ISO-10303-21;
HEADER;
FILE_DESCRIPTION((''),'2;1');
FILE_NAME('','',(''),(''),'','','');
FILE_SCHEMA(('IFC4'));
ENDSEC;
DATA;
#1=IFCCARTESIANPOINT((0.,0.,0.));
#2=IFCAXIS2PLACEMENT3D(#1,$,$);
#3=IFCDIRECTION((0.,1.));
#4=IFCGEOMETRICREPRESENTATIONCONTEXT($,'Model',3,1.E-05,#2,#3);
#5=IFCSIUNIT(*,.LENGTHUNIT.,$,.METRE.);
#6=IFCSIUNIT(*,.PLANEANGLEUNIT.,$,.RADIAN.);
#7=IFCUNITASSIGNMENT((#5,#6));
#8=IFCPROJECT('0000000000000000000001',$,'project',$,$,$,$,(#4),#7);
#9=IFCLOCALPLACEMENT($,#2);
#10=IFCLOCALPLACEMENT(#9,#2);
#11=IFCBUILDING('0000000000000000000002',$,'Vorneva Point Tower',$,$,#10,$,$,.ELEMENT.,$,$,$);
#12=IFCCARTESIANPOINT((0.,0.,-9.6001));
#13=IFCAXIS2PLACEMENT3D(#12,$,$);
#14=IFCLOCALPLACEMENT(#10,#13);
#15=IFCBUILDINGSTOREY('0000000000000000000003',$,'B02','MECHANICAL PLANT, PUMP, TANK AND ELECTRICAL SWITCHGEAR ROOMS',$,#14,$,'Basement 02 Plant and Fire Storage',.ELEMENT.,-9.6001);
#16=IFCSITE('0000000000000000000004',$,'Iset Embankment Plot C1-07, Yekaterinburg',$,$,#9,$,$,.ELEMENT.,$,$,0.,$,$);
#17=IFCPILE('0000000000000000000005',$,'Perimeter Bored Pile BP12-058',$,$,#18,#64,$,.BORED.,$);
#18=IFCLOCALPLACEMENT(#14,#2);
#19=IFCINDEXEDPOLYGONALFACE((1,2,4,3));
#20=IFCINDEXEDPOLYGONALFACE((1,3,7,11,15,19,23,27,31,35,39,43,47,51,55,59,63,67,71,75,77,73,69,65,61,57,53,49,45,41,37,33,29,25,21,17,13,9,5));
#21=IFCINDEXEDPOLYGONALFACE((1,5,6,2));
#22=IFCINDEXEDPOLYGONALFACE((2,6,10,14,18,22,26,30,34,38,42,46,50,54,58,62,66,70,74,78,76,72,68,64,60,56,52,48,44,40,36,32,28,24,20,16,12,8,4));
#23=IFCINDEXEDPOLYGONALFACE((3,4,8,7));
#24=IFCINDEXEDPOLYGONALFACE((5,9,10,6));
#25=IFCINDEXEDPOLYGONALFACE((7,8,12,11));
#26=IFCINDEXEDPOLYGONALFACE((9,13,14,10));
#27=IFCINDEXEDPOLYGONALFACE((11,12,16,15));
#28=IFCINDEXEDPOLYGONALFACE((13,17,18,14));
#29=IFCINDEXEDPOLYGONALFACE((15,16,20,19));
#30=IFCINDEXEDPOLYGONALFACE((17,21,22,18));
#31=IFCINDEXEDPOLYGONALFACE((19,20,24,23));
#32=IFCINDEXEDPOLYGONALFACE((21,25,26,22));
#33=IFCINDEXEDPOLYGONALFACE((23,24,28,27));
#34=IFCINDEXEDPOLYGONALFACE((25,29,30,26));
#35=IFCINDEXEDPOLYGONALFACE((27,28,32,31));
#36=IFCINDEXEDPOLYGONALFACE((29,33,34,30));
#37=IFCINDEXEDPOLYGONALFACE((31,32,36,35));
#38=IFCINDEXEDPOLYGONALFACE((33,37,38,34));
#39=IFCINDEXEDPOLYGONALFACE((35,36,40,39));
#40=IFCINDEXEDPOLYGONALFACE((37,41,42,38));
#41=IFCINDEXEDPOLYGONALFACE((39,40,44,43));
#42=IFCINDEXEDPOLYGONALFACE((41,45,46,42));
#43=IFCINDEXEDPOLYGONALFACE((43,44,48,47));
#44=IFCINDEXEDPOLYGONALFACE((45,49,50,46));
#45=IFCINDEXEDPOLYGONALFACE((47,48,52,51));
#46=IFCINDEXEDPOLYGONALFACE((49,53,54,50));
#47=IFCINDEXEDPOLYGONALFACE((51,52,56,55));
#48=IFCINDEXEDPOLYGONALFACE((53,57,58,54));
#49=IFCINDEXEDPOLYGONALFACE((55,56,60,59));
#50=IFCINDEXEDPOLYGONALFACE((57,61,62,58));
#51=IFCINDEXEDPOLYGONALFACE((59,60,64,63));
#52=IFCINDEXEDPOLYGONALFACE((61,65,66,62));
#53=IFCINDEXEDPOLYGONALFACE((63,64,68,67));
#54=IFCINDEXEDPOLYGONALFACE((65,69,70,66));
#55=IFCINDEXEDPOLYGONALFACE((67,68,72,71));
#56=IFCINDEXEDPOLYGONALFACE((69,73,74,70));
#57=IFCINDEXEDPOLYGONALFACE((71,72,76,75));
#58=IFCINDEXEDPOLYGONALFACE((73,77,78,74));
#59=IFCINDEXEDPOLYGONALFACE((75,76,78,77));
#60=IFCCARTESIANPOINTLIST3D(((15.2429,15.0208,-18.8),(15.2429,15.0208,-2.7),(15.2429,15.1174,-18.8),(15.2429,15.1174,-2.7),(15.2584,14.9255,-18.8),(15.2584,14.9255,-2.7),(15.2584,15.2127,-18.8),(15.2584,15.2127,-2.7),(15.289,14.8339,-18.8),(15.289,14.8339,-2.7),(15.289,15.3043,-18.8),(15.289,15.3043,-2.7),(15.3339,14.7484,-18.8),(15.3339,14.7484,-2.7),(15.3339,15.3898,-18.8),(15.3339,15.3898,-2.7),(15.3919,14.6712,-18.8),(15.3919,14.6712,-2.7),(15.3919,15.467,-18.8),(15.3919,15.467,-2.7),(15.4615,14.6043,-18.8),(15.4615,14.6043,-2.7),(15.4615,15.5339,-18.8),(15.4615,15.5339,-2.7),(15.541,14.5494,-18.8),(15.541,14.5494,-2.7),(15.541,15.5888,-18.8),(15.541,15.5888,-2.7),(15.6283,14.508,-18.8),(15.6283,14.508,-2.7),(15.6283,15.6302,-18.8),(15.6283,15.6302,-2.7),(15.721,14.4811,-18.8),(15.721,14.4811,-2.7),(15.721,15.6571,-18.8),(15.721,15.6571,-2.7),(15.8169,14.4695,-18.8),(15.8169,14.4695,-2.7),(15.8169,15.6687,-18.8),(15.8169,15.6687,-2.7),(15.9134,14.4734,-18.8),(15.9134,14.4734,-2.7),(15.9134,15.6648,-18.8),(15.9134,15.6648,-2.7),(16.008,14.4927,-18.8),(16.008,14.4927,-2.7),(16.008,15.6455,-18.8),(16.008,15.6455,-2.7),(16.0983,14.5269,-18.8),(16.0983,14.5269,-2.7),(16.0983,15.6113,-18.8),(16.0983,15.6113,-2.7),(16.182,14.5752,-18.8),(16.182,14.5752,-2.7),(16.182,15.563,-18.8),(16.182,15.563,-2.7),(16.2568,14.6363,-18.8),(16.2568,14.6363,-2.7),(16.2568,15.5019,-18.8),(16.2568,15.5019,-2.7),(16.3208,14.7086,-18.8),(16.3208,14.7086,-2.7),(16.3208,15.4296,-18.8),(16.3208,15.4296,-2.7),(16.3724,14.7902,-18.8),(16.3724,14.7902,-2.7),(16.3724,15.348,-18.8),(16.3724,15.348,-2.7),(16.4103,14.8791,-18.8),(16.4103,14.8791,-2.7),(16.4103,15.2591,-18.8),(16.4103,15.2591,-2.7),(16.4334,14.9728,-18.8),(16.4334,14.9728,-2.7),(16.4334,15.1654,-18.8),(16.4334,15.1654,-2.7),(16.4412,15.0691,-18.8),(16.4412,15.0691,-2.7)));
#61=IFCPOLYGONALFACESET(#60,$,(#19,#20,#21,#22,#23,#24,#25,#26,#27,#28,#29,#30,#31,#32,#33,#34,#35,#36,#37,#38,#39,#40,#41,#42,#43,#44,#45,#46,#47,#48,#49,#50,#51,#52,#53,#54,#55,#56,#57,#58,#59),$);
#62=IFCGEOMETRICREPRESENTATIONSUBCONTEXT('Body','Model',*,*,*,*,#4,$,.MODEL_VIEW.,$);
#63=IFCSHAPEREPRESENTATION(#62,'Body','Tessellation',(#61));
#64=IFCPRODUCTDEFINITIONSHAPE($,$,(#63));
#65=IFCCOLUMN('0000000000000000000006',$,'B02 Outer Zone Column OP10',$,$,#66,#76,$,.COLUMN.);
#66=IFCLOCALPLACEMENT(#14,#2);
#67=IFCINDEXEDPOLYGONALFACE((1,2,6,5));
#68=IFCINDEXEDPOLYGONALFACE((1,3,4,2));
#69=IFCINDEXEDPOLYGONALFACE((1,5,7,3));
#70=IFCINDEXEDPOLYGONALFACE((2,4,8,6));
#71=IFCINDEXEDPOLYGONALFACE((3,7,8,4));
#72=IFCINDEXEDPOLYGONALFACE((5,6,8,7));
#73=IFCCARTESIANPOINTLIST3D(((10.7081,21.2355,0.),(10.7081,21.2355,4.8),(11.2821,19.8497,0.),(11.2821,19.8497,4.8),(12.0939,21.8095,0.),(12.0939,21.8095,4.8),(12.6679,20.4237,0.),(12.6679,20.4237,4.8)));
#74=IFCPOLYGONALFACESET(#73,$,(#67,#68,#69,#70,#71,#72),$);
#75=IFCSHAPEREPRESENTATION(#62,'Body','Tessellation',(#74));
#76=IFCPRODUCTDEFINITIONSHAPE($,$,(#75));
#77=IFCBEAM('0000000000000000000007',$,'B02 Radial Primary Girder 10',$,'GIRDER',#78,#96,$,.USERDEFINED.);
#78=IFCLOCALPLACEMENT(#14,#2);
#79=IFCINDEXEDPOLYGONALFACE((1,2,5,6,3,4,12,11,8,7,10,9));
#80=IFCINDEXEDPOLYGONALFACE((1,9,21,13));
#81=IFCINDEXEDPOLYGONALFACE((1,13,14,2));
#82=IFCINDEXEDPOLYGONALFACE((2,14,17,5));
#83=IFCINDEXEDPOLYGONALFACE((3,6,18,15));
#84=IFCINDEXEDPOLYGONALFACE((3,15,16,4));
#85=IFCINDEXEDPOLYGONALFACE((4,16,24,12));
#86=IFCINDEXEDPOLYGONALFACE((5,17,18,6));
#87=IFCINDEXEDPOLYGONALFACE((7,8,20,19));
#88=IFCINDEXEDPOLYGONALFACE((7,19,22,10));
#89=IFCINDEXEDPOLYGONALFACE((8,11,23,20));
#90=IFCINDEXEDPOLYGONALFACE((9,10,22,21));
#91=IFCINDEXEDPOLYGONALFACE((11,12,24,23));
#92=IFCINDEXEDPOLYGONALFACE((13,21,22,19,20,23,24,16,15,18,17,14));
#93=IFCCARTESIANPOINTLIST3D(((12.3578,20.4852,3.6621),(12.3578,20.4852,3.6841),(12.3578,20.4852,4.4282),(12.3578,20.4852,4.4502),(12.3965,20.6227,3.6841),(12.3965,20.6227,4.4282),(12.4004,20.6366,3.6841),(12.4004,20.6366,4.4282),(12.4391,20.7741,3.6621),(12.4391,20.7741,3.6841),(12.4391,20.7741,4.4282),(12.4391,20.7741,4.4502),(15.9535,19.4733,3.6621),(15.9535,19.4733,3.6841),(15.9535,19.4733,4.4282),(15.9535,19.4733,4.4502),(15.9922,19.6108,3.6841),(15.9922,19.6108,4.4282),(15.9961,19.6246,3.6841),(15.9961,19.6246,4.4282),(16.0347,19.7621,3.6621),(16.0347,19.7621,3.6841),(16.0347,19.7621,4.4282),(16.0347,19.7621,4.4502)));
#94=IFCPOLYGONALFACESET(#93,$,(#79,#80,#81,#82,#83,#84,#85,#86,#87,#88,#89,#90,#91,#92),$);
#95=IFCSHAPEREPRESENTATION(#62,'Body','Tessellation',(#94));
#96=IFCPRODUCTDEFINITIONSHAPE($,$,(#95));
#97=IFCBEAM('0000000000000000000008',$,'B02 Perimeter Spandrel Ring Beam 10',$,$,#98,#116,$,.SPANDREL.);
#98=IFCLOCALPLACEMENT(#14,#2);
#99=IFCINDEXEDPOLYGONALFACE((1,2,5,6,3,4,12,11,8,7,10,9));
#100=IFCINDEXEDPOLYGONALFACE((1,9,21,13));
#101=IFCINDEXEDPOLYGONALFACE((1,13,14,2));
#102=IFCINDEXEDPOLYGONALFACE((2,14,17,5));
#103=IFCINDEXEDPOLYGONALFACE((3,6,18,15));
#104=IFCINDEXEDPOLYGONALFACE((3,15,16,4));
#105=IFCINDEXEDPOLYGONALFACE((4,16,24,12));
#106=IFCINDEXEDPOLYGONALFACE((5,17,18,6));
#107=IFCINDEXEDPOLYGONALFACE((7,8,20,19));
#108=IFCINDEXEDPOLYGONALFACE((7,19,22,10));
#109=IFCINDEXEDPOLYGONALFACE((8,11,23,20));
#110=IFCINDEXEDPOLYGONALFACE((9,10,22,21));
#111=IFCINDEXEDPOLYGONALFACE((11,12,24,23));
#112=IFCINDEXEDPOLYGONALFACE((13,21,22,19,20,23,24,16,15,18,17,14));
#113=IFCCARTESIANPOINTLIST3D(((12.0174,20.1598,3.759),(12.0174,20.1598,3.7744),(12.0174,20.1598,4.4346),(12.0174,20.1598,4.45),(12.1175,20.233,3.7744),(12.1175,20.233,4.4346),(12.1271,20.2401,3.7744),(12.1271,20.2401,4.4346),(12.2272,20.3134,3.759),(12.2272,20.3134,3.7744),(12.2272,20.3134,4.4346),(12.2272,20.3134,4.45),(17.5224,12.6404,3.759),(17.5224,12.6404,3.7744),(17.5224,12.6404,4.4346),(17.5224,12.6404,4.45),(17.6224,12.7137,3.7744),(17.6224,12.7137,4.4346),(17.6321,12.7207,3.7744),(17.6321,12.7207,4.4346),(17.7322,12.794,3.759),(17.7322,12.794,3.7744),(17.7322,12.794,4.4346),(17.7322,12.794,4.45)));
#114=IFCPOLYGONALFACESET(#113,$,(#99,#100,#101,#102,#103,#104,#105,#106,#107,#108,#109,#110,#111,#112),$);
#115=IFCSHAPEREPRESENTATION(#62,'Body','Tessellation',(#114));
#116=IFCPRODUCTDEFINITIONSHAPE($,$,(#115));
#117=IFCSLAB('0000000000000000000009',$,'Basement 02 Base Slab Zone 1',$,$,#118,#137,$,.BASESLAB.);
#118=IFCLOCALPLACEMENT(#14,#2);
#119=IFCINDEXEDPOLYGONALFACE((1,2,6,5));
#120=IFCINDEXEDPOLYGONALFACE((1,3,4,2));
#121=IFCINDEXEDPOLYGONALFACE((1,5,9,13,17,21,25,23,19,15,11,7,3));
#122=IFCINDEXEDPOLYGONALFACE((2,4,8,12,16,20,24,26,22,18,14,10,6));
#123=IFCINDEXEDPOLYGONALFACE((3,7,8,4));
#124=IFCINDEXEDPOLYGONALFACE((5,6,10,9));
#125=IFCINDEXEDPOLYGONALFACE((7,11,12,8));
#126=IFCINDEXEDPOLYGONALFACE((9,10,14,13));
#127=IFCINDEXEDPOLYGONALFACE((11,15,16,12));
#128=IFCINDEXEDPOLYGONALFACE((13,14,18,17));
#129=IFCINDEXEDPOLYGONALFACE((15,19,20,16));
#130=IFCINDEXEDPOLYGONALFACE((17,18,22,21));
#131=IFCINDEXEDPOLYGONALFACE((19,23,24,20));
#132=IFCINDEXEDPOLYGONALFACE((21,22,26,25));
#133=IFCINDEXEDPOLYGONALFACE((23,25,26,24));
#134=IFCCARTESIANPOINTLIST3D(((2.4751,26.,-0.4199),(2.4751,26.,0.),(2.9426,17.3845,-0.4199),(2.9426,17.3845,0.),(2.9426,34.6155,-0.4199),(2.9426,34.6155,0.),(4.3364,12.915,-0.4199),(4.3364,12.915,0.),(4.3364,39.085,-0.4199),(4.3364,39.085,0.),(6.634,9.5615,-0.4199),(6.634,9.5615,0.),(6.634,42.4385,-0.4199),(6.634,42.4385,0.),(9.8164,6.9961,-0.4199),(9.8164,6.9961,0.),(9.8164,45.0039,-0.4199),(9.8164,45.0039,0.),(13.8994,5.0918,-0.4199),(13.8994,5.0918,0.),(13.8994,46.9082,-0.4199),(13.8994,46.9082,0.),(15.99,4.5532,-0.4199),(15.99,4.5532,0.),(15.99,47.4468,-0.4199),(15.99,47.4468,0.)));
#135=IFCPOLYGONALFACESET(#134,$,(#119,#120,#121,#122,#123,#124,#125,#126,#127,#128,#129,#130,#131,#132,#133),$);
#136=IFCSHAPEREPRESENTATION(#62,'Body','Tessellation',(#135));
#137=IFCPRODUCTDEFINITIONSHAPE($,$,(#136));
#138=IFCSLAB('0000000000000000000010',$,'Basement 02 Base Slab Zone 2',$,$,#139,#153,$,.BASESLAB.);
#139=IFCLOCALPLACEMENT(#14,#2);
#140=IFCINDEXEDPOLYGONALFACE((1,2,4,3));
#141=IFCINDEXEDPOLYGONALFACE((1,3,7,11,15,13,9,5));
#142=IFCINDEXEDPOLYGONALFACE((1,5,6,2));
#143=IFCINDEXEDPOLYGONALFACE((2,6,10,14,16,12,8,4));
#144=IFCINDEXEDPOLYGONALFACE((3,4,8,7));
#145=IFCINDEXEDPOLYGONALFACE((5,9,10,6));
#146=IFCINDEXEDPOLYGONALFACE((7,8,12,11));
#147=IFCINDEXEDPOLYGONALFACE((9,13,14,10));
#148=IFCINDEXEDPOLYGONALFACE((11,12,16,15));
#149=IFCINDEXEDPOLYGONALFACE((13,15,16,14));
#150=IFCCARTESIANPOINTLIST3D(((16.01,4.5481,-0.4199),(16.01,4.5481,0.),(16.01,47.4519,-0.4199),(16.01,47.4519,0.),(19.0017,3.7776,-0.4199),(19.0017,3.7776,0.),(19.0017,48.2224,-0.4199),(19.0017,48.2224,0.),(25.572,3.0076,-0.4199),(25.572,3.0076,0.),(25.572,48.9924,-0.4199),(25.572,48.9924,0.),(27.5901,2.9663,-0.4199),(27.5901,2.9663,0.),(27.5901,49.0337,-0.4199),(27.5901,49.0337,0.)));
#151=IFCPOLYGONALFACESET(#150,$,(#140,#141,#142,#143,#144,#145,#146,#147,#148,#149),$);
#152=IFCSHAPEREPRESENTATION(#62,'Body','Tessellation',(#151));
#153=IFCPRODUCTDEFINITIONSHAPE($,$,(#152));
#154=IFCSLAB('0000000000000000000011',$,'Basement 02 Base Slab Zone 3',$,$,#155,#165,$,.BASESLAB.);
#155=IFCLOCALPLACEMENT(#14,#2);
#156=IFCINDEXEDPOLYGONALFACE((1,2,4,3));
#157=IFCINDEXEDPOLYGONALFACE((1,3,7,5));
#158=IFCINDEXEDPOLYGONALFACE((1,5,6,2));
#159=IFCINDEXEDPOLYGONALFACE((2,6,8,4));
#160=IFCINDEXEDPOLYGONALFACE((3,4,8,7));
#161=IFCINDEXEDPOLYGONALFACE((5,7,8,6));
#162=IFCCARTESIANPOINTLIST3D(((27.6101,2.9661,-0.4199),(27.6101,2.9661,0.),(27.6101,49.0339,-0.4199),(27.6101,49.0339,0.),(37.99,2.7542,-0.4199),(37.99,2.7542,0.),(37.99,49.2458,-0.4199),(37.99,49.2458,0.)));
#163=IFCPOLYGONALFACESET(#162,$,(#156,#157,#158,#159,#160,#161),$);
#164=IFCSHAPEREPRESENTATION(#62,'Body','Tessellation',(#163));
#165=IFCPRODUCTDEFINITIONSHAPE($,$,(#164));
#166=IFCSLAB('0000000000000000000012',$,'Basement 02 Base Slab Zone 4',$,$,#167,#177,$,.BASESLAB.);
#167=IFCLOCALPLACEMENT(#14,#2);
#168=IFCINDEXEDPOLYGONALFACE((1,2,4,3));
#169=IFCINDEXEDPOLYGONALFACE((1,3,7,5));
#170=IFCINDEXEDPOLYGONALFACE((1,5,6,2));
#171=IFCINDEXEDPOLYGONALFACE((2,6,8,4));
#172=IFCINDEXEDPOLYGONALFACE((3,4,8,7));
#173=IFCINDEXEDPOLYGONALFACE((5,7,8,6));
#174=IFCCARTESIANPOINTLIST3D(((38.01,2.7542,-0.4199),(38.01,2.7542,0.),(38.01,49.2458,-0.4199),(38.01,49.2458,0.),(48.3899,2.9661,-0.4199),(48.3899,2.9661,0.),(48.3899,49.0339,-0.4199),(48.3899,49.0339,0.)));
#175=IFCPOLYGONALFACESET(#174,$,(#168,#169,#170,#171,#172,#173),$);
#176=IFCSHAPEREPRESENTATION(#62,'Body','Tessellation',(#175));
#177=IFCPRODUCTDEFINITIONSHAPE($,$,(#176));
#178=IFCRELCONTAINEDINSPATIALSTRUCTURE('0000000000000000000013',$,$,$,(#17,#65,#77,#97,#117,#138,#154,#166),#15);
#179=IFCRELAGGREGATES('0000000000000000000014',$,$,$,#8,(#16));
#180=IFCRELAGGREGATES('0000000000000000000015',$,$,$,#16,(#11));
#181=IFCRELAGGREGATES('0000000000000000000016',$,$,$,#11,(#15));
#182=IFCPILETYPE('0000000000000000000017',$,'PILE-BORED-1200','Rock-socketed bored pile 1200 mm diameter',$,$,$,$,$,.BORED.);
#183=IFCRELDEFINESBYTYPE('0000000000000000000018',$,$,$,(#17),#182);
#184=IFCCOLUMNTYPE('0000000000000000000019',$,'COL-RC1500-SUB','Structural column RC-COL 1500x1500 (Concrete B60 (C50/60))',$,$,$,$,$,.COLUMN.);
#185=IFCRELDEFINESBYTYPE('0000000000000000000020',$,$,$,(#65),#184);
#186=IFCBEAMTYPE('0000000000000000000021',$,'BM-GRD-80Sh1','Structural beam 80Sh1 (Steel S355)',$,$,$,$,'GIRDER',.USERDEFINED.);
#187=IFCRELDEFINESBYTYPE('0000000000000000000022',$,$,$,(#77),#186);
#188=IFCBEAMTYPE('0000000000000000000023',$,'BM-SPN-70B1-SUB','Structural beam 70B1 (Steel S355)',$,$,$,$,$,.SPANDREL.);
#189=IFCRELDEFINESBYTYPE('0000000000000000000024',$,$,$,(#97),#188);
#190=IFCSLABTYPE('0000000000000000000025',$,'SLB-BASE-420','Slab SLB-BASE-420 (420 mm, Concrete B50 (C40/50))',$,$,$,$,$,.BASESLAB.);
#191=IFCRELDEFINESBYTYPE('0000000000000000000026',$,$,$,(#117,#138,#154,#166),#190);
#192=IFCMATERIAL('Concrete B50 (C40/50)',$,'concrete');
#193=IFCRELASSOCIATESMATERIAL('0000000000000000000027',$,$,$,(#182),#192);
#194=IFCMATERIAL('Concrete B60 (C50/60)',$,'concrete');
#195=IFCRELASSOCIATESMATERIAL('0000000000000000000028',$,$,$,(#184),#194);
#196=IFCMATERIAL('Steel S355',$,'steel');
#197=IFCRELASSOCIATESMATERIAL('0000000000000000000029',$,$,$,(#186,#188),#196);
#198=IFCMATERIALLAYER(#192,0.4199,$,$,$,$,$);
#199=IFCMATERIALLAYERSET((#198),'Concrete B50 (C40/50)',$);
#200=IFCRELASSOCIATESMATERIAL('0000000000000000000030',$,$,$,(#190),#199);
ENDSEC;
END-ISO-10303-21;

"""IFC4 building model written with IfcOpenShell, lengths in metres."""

from ifc_helpers import new_model, si_unit, direction, frame, origin, origin_2d, place, context, subcontext, project, spatial, polyline, rectangle, circle, i_section, outline, extrude, material, layer, layer_set, material_profile, profile_set, type_object, element, save


model = new_model("IFC4")

# Units and contexts
model_context = context("Model", 3, precision=1e-05, world=origin(), true_north=direction((0.0, 1.0)))
body_context = subcontext(model_context, "Body", "Model", "MODEL_VIEW")
ifc_project = project(units=[si_unit("LENGTHUNIT", "METRE"), si_unit("PLANEANGLEUNIT", "RADIAN")], contexts=[model_context])

# Site, building, storey
site_placement = place(None, origin())
site = spatial("IfcSite", under=ifc_project, at=site_placement, Name="Iset Embankment Plot C1-07, Yekaterinburg", CompositionType="ELEMENT", RefElevation=0.0)
building_placement = place(site_placement, origin())
building = spatial("IfcBuilding", under=site, at=building_placement, Name="Vorneva Point Tower", CompositionType="ELEMENT")
storey_placement = place(building_placement, frame((0.0, 0.0, -9.6001)))
storey = spatial("IfcBuildingStorey", under=building, at=storey_placement, Name="B02", Description="MECHANICAL PLANT, PUMP, TANK AND ELECTRICAL SWITCHGEAR ROOMS", LongName="Basement 02 Plant and Fire Storage", CompositionType="ELEMENT", Elevation=-9.6001)

# Shared definitions
ifc_material_1 = material(Name="Concrete B60 (C50/60)", Category="concrete")

# Pile
ifc_material_2 = material(Name="Concrete B50 (C40/50)", Category="concrete")
ifc_material_profile_1 = material_profile(ifc_material_2, circle(Radius=0.6001, at=origin_2d()), Name="PILE-1200")
ifc_profile_set_1 = profile_set([ifc_material_profile_1], Name="Concrete B50 (C40/50)")
pile_type = type_object("IfcPileType", Name="PILE-BORED-1200", Description="Rock-socketed bored pile 1200 mm diameter", PredefinedType="BORED", material=ifc_profile_set_1)
for number, where, z_axis, x_axis, name in (
    (1, (15.8411, 15.0691, -2.7), (0.0, 0.0, -1.0), (1.0, 0.0, 0.0), "Perimeter Bored Pile BP12-058"),
):
    element("IfcPile", number, at=place(storey_placement, frame(where, z_axis=z_axis, x_axis=x_axis)), inside=storey, type_object=pile_type, Name=name, PredefinedType="BORED", context=body_context, shape_type="SweptSolid", body=[
        extrude(circle(Radius=0.6001, at=origin_2d()), origin(), (0.0, 0.0, 1.0), 16.1001),
    ])

# Column
ifc_material_profile_2 = material_profile(ifc_material_1, rectangle(XDim=1.5, YDim=1.5, at=origin_2d()), Name="RC-COL 1500x1500")
ifc_profile_set_2 = profile_set([ifc_material_profile_2], Name="Concrete B60 (C50/60)")
column_type = type_object("IfcColumnType", Name="COL-RC1500-SUB", Description="Structural column RC-COL 1500x1500 (Concrete B60 (C50/60))", PredefinedType="COLUMN", material=ifc_profile_set_2)
column_placement = place(storey_placement, frame((11.688, 20.8296, 0.0), z_axis=(0.0, 0.0, 1.0), x_axis=(-0.92388, -0.382683, 0.0)))
element("IfcColumn", 2, at=column_placement, inside=storey, type_object=column_type, Name="B02 Outer Zone Column OP10", PredefinedType="COLUMN", context=body_context, shape_type="SweptSolid", body=[
    extrude(rectangle(XDim=1.5, YDim=1.5, at=origin_2d()), origin(), (0.0, 0.0, 1.0), 4.8),
])

# Beams
ifc_material_3 = material(Name="Steel S355", Category="steel")
ifc_material_profile_3 = material_profile(ifc_material_3, i_section(OverallWidth=0.3, OverallDepth=0.7881, WebThickness=0.0144, FlangeThickness=0.022, at=origin_2d()), Name="80Sh1")
ifc_profile_set_3 = profile_set([ifc_material_profile_3], Name="Steel S355")
beam_type_1 = type_object("IfcBeamType", Name="BM-GRD-80Sh1", Description="Structural beam 80Sh1 (Steel S355)", ElementType="GIRDER", PredefinedType="USERDEFINED", material=ifc_profile_set_3)
beam_1_placement = place(storey_placement, frame((12.3984, 20.6296, 4.0562), z_axis=(0.962604, -0.270912, 0.0), x_axis=(0.270912, 0.962604, 0.0)))
element("IfcBeam", 3, at=beam_1_placement, inside=storey, type_object=beam_type_1, Name="B02 Radial Primary Girder 10", ObjectType="GIRDER", PredefinedType="USERDEFINED", context=body_context, shape_type="SweptSolid", body=[
    extrude(i_section(OverallWidth=0.3, OverallDepth=0.7881, WebThickness=0.0144, FlangeThickness=0.022, at=origin_2d()), origin(), (0.0, 0.0, 1.0), 3.7354),
])
ifc_material_profile_4 = material_profile(ifc_material_3, i_section(OverallWidth=0.26, OverallDepth=0.6909, WebThickness=0.012, FlangeThickness=0.0154, at=origin_2d()), Name="70B1")
ifc_profile_set_4 = profile_set([ifc_material_profile_4], Name="Steel S355")
beam_type_2 = type_object("IfcBeamType", Name="BM-SPN-70B1-SUB", Description="Structural beam 70B1 (Steel S355)", PredefinedType="SPANDREL", material=ifc_profile_set_4)
beam_2_placement = place(storey_placement, frame((12.1223, 20.2366, 4.1045), z_axis=(0.590717, -0.806879, 0.0), x_axis=(0.806879, 0.590717, 0.0)))
element("IfcBeam", 4, at=beam_2_placement, inside=storey, type_object=beam_type_2, Name="B02 Perimeter Spandrel Ring Beam 10", PredefinedType="SPANDREL", context=body_context, shape_type="SweptSolid", body=[
    extrude(i_section(OverallWidth=0.26, OverallDepth=0.6909, WebThickness=0.012, FlangeThickness=0.0154, at=origin_2d()), origin(), (0.0, 0.0, 1.0), 9.3191),
])

# Slabs
ifc_layer_1 = layer(ifc_material_2, 0.4199)
ifc_layer_set_1 = layer_set([ifc_layer_1], Name="Concrete B50 (C40/50)")
slab_type_1 = type_object("IfcSlabType", Name="SLB-BASE-420", Description="Slab SLB-BASE-420 (420 mm, Concrete B50 (C40/50))", PredefinedType="BASESLAB", material=ifc_layer_set_1)
slab_1_placement = place(storey_placement, frame((0.0, 0.0, -0.4199)))
element("IfcSlab", 5, at=slab_1_placement, inside=storey, type_object=slab_type_1, Name="Basement 02 Base Slab Zone 1", PredefinedType="BASESLAB", context=body_context, shape_type="SweptSolid", body=[
    extrude(outline(polyline([(15.99, 4.5532), (15.99, 47.4468), (13.8994, 46.9082), (9.8164, 45.0039), (6.634, 42.4385), (4.3364, 39.085), (2.9426, 34.6155), (2.4751, 26.0), (2.9426, 17.3845), (4.3364, 12.915), (6.634, 9.5615), (9.8164, 6.9961), (13.8994, 5.0918), (15.99, 4.5532)])), origin(), (0.0, 0.0, 1.0), 0.4199),
])
slab_2_placement = place(storey_placement, frame((0.0, 0.0, -0.4199)))
element("IfcSlab", 6, at=slab_2_placement, inside=storey, type_object=slab_type_1, Name="Basement 02 Base Slab Zone 2", PredefinedType="BASESLAB", context=body_context, shape_type="SweptSolid", body=[
    extrude(outline(polyline([(16.01, 47.4519), (16.01, 4.5481), (19.0017, 3.7776), (25.572, 3.0076), (27.5901, 2.9663), (27.5901, 49.0337), (25.572, 48.9924), (19.0017, 48.2224), (16.01, 47.4519)])), origin(), (0.0, 0.0, 1.0), 0.4199),
])
slab_3_placement = place(storey_placement, frame((0.0, 0.0, -0.4199)))
element("IfcSlab", 7, at=slab_3_placement, inside=storey, type_object=slab_type_1, Name="Basement 02 Base Slab Zone 3", PredefinedType="BASESLAB", context=body_context, shape_type="SweptSolid", body=[
    extrude(outline(polyline([(27.6101, 49.0339), (27.6101, 2.9661), (37.99, 2.7542), (37.99, 49.2458), (27.6101, 49.0339)])), origin(), (0.0, 0.0, 1.0), 0.4199),
])
slab_4_placement = place(storey_placement, frame((0.0, 0.0, -0.4199)))
element("IfcSlab", 8, at=slab_4_placement, inside=storey, type_object=slab_type_1, Name="Basement 02 Base Slab Zone 4", PredefinedType="BASESLAB", context=body_context, shape_type="SweptSolid", body=[
    extrude(outline(polyline([(38.01, 49.2458), (38.01, 2.7542), (48.3899, 2.9661), (48.3899, 49.0339), (38.01, 49.2458)])), origin(), (0.0, 0.0, 1.0), 0.4199),
])

save(model, "model.ifc")
